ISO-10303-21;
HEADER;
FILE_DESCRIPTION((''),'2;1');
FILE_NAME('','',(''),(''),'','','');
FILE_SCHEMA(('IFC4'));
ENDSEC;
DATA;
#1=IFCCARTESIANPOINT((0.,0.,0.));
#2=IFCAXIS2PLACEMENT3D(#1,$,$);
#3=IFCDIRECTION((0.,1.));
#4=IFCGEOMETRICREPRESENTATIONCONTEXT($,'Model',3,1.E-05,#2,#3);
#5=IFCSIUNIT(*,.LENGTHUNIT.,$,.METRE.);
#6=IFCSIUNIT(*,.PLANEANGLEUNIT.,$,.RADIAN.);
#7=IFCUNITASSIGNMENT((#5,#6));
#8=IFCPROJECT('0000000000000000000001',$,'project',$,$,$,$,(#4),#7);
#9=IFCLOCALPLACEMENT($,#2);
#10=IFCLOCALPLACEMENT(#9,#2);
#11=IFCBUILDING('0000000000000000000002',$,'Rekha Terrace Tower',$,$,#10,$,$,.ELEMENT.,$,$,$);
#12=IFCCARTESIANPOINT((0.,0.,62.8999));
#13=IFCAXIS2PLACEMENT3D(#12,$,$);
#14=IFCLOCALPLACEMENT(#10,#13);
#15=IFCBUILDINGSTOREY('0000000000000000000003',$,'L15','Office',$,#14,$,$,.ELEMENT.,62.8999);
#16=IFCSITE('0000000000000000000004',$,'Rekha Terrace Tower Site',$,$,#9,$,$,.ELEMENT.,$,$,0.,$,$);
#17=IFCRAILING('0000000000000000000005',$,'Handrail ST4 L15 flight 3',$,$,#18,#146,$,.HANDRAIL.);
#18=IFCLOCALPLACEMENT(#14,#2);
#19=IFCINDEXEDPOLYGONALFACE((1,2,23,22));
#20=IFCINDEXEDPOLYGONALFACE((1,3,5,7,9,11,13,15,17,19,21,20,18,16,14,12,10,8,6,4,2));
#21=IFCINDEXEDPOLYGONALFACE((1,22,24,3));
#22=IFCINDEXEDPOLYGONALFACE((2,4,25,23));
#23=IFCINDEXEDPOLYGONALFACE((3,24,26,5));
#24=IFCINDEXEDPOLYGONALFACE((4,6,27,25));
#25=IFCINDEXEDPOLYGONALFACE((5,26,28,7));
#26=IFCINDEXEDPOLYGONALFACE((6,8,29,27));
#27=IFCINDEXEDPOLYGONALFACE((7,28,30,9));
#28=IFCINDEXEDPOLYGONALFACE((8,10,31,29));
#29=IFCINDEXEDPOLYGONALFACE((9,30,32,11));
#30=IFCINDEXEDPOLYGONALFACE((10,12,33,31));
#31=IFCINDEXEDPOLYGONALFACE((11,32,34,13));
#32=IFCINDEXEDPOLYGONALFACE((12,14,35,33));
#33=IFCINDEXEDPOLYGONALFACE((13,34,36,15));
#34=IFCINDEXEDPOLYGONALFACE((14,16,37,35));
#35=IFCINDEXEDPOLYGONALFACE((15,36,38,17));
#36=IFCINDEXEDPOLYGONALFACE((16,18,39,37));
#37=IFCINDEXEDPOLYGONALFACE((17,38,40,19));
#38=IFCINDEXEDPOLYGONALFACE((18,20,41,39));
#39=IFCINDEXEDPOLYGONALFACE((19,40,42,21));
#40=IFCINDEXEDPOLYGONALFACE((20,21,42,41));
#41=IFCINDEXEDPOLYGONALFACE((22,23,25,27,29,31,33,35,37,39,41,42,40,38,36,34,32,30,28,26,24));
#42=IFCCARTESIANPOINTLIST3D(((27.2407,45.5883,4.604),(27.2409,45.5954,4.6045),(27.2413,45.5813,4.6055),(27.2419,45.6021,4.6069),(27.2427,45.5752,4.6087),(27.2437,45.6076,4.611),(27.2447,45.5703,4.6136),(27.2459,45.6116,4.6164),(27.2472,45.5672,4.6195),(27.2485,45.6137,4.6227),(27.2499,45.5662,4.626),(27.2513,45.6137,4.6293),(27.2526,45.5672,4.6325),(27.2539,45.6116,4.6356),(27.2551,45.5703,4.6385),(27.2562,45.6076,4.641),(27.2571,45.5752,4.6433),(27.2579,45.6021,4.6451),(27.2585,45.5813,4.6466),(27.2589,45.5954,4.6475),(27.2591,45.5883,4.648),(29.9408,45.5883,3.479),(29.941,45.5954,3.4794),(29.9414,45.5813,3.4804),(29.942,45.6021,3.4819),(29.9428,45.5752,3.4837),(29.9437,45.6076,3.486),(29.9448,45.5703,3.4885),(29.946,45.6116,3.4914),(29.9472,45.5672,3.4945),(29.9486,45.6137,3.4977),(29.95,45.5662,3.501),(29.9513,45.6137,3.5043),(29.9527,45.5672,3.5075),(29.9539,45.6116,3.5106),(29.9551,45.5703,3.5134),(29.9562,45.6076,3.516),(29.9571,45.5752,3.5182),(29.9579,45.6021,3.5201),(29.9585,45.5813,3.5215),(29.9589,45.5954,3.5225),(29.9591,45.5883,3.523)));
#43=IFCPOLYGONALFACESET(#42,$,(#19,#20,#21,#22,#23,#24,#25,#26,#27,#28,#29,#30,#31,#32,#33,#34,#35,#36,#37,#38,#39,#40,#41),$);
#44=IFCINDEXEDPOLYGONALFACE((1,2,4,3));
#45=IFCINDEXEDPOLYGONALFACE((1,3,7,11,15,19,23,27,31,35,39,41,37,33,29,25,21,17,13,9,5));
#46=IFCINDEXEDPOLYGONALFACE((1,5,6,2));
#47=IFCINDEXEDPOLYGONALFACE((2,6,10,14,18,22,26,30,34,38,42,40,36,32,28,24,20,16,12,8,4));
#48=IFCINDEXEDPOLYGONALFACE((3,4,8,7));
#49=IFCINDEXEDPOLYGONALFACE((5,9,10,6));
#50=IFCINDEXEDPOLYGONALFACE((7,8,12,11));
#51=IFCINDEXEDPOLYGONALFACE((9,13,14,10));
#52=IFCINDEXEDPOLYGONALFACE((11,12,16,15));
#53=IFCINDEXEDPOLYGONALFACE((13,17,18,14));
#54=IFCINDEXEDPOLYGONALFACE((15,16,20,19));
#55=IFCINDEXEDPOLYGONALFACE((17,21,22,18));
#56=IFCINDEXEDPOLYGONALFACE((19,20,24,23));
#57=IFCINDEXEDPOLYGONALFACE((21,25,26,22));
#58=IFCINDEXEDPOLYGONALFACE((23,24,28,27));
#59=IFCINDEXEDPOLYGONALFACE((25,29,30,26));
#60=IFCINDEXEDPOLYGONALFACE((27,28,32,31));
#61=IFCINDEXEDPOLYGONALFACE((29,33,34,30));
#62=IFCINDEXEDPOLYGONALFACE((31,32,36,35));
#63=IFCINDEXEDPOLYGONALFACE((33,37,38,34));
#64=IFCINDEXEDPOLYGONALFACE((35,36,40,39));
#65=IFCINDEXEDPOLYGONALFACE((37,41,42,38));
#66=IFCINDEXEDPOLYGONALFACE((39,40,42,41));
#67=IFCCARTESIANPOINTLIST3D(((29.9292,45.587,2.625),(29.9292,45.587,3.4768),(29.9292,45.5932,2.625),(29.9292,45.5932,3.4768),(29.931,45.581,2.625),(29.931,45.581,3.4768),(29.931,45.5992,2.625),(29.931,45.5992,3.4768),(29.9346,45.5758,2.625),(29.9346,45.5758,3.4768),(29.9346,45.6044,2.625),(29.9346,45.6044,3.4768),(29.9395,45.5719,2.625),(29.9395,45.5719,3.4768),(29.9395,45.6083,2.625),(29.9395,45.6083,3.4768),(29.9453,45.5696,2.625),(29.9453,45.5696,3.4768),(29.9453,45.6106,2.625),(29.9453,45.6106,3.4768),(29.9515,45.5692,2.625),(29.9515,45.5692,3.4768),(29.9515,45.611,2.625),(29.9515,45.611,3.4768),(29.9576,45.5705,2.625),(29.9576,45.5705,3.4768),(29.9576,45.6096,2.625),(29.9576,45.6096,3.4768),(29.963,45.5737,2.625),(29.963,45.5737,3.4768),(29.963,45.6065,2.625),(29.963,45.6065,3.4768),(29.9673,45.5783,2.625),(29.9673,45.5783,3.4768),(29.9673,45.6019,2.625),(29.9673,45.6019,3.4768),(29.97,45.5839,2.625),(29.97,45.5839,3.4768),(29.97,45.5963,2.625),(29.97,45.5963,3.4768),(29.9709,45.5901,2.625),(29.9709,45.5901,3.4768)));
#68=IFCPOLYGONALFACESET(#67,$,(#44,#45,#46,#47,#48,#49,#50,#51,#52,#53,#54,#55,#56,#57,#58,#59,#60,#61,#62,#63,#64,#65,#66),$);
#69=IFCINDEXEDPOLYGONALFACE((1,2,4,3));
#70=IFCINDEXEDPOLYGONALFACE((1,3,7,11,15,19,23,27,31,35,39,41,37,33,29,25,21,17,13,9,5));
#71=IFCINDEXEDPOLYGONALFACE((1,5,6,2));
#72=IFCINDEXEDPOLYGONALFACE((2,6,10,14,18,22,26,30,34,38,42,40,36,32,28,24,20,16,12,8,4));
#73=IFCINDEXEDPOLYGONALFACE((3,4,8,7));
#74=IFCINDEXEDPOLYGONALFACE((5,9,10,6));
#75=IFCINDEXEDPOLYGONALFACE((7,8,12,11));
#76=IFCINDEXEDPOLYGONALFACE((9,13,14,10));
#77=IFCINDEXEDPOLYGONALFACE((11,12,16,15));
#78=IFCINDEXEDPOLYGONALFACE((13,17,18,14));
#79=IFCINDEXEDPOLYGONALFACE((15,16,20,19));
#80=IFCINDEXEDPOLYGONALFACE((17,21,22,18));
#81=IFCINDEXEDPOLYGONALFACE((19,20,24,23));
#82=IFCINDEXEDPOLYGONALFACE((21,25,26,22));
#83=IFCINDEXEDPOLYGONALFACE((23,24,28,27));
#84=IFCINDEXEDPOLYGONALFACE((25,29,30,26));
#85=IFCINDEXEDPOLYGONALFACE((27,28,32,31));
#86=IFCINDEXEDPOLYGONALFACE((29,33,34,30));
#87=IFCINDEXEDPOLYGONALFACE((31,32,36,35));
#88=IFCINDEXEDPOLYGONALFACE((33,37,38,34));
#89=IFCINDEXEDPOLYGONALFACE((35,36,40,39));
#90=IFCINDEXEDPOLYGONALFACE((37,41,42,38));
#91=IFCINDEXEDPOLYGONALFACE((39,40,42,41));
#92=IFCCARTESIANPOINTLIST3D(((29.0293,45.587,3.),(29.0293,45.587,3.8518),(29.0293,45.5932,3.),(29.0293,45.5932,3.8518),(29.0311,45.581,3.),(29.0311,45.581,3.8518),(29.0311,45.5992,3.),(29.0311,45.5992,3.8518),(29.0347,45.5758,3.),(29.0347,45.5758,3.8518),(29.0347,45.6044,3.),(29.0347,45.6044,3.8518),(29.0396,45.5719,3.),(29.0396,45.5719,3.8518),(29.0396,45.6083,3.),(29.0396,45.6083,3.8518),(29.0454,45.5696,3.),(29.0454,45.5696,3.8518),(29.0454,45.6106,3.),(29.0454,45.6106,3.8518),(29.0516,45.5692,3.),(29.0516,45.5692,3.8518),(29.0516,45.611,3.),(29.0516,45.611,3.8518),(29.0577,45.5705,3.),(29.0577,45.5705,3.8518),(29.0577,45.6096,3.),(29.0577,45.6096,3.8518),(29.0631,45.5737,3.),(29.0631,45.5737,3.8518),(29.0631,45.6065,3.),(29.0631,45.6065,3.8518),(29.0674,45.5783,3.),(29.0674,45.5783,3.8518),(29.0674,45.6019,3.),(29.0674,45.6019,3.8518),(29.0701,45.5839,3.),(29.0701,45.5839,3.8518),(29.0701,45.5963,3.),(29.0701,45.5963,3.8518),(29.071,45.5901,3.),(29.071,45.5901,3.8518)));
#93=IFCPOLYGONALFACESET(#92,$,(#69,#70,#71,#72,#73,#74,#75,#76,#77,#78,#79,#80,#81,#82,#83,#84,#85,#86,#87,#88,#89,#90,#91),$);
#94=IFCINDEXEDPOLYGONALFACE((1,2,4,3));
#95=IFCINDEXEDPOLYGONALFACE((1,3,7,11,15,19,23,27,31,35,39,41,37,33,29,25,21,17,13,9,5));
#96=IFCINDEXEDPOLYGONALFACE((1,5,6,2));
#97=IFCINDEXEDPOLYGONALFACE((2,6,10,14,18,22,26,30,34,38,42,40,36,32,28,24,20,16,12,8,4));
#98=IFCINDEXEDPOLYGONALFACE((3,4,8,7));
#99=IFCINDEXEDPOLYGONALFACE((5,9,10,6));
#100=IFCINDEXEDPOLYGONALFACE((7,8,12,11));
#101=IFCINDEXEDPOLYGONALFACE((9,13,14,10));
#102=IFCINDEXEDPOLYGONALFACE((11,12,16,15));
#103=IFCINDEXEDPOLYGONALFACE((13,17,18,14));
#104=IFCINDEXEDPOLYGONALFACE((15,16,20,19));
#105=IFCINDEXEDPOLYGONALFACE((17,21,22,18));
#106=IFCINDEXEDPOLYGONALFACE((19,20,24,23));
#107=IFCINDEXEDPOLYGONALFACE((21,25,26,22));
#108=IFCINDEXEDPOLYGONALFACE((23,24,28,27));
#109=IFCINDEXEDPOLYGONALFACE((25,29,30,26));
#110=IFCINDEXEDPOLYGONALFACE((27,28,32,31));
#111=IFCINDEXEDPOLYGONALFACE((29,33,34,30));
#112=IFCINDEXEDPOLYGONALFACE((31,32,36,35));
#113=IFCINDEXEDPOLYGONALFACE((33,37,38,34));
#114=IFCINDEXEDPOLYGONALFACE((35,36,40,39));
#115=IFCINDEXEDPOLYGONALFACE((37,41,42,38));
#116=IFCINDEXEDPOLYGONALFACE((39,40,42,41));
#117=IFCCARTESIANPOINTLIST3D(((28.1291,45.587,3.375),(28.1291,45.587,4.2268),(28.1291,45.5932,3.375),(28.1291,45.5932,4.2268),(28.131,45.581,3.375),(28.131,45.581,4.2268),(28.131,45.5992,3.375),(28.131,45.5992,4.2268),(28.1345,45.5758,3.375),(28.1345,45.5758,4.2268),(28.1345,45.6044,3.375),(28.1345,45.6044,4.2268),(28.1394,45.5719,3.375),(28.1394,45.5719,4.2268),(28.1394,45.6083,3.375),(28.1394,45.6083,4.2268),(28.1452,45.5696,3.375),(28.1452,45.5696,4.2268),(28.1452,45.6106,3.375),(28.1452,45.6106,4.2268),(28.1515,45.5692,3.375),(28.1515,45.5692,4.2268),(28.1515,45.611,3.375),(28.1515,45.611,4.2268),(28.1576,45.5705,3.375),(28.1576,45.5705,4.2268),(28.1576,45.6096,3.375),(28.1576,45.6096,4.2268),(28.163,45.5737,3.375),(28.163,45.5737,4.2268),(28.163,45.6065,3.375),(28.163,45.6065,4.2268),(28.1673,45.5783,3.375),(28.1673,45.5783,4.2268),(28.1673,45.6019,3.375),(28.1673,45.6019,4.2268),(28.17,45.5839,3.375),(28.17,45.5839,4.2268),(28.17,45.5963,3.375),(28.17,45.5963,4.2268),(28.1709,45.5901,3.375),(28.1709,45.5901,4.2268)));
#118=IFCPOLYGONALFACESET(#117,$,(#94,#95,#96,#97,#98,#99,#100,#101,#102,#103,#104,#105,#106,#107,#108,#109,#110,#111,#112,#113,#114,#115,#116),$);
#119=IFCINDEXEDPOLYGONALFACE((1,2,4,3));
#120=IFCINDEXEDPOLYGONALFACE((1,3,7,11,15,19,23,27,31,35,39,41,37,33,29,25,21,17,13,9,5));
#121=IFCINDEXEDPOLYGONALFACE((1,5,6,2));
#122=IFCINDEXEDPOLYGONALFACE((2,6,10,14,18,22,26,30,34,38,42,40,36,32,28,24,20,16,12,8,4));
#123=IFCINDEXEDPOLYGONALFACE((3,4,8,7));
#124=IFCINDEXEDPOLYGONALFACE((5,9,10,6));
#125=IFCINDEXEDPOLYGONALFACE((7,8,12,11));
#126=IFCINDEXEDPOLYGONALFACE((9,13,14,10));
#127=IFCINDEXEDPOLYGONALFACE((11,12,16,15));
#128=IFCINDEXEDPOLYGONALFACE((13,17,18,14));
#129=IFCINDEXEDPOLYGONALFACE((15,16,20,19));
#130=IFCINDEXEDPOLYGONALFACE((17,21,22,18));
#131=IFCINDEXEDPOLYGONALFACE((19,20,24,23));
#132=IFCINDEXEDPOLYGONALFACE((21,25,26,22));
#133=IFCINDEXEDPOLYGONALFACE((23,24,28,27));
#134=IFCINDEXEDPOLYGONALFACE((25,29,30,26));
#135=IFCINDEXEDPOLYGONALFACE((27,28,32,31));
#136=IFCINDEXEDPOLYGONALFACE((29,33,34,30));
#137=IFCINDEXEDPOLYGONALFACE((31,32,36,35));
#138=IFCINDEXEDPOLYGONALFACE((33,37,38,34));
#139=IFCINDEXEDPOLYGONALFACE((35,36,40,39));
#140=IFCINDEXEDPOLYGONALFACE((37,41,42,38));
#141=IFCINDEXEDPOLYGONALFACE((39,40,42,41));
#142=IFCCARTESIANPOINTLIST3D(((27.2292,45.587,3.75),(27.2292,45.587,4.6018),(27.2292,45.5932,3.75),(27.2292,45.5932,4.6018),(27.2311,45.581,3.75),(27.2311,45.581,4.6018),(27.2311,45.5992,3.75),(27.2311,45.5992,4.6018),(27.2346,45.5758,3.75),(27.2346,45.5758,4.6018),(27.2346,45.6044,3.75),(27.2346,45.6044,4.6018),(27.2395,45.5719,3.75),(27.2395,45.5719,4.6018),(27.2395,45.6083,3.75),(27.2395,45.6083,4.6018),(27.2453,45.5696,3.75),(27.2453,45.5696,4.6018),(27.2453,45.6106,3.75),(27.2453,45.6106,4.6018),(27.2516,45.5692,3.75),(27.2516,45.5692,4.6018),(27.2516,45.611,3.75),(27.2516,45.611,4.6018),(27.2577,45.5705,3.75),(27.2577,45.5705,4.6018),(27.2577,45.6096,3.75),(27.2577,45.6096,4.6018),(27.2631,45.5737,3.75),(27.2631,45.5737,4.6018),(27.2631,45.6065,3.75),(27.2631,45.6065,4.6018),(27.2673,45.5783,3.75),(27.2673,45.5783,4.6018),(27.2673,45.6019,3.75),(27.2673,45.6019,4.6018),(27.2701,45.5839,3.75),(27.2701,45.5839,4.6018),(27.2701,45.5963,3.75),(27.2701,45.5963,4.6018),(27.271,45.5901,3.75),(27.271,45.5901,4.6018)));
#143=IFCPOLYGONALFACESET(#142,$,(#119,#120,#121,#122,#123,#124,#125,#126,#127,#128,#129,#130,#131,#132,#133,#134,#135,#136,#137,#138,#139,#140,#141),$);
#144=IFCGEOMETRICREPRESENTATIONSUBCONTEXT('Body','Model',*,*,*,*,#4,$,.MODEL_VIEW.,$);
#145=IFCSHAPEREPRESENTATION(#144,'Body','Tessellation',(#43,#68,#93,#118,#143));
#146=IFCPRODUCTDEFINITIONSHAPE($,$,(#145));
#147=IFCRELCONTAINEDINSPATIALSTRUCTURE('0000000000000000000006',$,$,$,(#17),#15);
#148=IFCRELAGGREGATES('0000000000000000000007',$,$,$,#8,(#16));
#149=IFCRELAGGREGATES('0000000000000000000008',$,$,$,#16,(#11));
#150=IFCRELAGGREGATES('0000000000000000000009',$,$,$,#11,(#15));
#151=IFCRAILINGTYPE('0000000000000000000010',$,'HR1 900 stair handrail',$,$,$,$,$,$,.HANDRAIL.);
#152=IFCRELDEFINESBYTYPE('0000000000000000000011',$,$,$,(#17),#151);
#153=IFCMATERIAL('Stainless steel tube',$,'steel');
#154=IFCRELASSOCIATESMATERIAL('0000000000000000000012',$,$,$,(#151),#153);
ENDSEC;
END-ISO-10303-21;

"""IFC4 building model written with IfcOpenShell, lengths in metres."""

from ifc_helpers import new_model, si_unit, direction, frame, origin, origin_2d, place, context, subcontext, project, spatial, circle, extrude, material, type_object, element, save


model = new_model("IFC4")

# Units and contexts
model_context = context("Model", 3, precision=1e-05, world=origin(), true_north=direction((0.0, 1.0)))
body_context = subcontext(model_context, "Body", "Model", "MODEL_VIEW")
ifc_project = project(units=[si_unit("LENGTHUNIT", "METRE"), si_unit("PLANEANGLEUNIT", "RADIAN")], contexts=[model_context])

# Site, building, storey
site_placement = place(None, origin())
site = spatial("IfcSite", under=ifc_project, at=site_placement, Name="Rekha Terrace Tower Site", CompositionType="ELEMENT", RefElevation=0.0)
building_placement = place(site_placement, origin())
building = spatial("IfcBuilding", under=site, at=building_placement, Name="Rekha Terrace Tower", CompositionType="ELEMENT")
storey_placement = place(building_placement, frame((0.0, 0.0, 62.8999)))
storey = spatial("IfcBuildingStorey", under=building, at=storey_placement, Name="L15", Description="Office", CompositionType="ELEMENT", Elevation=62.8999)

# Railing
ifc_material_1 = material(Name="Stainless steel tube", Category="steel")
railing_type_1 = type_object("IfcRailingType", Name="HR1 900 stair handrail", PredefinedType="HANDRAIL", material=ifc_material_1)
railing_1_placement = place(storey_placement, frame((29.95, 45.5901, 2.625)))
element("IfcRailing", 1, at=railing_1_placement, inside=storey, type_object=railing_type_1, Name="Handrail ST4 L15 flight 3", PredefinedType="HANDRAIL", context=body_context, shape_type="SweptSolid", body=[
    extrude(circle(Radius=0.0239, at=origin_2d()), frame((0.0, 0.0, 0.876), z_axis=(-0.923074, 0.0, 0.384621), x_axis=(0.0, -1.0, 0.0)), (0.0, 0.0, 1.0), 2.925),
    extrude(circle(Radius=0.021, at=origin_2d()), origin(), (0.0, 0.0, 1.0), 0.8518),
    extrude(circle(Radius=0.021, at=origin_2d()), frame((-0.8999, 0.0, 0.375)), (0.0, 0.0, 1.0), 0.8518),
    extrude(circle(Radius=0.021, at=origin_2d()), frame((-1.8, 0.0, 0.75)), (0.0, 0.0, 1.0), 0.8518),
    extrude(circle(Radius=0.021, at=origin_2d()), frame((-2.7, 0.0, 1.125)), (0.0, 0.0, 1.0), 0.8518),
])

save(model, "model.ifc")
